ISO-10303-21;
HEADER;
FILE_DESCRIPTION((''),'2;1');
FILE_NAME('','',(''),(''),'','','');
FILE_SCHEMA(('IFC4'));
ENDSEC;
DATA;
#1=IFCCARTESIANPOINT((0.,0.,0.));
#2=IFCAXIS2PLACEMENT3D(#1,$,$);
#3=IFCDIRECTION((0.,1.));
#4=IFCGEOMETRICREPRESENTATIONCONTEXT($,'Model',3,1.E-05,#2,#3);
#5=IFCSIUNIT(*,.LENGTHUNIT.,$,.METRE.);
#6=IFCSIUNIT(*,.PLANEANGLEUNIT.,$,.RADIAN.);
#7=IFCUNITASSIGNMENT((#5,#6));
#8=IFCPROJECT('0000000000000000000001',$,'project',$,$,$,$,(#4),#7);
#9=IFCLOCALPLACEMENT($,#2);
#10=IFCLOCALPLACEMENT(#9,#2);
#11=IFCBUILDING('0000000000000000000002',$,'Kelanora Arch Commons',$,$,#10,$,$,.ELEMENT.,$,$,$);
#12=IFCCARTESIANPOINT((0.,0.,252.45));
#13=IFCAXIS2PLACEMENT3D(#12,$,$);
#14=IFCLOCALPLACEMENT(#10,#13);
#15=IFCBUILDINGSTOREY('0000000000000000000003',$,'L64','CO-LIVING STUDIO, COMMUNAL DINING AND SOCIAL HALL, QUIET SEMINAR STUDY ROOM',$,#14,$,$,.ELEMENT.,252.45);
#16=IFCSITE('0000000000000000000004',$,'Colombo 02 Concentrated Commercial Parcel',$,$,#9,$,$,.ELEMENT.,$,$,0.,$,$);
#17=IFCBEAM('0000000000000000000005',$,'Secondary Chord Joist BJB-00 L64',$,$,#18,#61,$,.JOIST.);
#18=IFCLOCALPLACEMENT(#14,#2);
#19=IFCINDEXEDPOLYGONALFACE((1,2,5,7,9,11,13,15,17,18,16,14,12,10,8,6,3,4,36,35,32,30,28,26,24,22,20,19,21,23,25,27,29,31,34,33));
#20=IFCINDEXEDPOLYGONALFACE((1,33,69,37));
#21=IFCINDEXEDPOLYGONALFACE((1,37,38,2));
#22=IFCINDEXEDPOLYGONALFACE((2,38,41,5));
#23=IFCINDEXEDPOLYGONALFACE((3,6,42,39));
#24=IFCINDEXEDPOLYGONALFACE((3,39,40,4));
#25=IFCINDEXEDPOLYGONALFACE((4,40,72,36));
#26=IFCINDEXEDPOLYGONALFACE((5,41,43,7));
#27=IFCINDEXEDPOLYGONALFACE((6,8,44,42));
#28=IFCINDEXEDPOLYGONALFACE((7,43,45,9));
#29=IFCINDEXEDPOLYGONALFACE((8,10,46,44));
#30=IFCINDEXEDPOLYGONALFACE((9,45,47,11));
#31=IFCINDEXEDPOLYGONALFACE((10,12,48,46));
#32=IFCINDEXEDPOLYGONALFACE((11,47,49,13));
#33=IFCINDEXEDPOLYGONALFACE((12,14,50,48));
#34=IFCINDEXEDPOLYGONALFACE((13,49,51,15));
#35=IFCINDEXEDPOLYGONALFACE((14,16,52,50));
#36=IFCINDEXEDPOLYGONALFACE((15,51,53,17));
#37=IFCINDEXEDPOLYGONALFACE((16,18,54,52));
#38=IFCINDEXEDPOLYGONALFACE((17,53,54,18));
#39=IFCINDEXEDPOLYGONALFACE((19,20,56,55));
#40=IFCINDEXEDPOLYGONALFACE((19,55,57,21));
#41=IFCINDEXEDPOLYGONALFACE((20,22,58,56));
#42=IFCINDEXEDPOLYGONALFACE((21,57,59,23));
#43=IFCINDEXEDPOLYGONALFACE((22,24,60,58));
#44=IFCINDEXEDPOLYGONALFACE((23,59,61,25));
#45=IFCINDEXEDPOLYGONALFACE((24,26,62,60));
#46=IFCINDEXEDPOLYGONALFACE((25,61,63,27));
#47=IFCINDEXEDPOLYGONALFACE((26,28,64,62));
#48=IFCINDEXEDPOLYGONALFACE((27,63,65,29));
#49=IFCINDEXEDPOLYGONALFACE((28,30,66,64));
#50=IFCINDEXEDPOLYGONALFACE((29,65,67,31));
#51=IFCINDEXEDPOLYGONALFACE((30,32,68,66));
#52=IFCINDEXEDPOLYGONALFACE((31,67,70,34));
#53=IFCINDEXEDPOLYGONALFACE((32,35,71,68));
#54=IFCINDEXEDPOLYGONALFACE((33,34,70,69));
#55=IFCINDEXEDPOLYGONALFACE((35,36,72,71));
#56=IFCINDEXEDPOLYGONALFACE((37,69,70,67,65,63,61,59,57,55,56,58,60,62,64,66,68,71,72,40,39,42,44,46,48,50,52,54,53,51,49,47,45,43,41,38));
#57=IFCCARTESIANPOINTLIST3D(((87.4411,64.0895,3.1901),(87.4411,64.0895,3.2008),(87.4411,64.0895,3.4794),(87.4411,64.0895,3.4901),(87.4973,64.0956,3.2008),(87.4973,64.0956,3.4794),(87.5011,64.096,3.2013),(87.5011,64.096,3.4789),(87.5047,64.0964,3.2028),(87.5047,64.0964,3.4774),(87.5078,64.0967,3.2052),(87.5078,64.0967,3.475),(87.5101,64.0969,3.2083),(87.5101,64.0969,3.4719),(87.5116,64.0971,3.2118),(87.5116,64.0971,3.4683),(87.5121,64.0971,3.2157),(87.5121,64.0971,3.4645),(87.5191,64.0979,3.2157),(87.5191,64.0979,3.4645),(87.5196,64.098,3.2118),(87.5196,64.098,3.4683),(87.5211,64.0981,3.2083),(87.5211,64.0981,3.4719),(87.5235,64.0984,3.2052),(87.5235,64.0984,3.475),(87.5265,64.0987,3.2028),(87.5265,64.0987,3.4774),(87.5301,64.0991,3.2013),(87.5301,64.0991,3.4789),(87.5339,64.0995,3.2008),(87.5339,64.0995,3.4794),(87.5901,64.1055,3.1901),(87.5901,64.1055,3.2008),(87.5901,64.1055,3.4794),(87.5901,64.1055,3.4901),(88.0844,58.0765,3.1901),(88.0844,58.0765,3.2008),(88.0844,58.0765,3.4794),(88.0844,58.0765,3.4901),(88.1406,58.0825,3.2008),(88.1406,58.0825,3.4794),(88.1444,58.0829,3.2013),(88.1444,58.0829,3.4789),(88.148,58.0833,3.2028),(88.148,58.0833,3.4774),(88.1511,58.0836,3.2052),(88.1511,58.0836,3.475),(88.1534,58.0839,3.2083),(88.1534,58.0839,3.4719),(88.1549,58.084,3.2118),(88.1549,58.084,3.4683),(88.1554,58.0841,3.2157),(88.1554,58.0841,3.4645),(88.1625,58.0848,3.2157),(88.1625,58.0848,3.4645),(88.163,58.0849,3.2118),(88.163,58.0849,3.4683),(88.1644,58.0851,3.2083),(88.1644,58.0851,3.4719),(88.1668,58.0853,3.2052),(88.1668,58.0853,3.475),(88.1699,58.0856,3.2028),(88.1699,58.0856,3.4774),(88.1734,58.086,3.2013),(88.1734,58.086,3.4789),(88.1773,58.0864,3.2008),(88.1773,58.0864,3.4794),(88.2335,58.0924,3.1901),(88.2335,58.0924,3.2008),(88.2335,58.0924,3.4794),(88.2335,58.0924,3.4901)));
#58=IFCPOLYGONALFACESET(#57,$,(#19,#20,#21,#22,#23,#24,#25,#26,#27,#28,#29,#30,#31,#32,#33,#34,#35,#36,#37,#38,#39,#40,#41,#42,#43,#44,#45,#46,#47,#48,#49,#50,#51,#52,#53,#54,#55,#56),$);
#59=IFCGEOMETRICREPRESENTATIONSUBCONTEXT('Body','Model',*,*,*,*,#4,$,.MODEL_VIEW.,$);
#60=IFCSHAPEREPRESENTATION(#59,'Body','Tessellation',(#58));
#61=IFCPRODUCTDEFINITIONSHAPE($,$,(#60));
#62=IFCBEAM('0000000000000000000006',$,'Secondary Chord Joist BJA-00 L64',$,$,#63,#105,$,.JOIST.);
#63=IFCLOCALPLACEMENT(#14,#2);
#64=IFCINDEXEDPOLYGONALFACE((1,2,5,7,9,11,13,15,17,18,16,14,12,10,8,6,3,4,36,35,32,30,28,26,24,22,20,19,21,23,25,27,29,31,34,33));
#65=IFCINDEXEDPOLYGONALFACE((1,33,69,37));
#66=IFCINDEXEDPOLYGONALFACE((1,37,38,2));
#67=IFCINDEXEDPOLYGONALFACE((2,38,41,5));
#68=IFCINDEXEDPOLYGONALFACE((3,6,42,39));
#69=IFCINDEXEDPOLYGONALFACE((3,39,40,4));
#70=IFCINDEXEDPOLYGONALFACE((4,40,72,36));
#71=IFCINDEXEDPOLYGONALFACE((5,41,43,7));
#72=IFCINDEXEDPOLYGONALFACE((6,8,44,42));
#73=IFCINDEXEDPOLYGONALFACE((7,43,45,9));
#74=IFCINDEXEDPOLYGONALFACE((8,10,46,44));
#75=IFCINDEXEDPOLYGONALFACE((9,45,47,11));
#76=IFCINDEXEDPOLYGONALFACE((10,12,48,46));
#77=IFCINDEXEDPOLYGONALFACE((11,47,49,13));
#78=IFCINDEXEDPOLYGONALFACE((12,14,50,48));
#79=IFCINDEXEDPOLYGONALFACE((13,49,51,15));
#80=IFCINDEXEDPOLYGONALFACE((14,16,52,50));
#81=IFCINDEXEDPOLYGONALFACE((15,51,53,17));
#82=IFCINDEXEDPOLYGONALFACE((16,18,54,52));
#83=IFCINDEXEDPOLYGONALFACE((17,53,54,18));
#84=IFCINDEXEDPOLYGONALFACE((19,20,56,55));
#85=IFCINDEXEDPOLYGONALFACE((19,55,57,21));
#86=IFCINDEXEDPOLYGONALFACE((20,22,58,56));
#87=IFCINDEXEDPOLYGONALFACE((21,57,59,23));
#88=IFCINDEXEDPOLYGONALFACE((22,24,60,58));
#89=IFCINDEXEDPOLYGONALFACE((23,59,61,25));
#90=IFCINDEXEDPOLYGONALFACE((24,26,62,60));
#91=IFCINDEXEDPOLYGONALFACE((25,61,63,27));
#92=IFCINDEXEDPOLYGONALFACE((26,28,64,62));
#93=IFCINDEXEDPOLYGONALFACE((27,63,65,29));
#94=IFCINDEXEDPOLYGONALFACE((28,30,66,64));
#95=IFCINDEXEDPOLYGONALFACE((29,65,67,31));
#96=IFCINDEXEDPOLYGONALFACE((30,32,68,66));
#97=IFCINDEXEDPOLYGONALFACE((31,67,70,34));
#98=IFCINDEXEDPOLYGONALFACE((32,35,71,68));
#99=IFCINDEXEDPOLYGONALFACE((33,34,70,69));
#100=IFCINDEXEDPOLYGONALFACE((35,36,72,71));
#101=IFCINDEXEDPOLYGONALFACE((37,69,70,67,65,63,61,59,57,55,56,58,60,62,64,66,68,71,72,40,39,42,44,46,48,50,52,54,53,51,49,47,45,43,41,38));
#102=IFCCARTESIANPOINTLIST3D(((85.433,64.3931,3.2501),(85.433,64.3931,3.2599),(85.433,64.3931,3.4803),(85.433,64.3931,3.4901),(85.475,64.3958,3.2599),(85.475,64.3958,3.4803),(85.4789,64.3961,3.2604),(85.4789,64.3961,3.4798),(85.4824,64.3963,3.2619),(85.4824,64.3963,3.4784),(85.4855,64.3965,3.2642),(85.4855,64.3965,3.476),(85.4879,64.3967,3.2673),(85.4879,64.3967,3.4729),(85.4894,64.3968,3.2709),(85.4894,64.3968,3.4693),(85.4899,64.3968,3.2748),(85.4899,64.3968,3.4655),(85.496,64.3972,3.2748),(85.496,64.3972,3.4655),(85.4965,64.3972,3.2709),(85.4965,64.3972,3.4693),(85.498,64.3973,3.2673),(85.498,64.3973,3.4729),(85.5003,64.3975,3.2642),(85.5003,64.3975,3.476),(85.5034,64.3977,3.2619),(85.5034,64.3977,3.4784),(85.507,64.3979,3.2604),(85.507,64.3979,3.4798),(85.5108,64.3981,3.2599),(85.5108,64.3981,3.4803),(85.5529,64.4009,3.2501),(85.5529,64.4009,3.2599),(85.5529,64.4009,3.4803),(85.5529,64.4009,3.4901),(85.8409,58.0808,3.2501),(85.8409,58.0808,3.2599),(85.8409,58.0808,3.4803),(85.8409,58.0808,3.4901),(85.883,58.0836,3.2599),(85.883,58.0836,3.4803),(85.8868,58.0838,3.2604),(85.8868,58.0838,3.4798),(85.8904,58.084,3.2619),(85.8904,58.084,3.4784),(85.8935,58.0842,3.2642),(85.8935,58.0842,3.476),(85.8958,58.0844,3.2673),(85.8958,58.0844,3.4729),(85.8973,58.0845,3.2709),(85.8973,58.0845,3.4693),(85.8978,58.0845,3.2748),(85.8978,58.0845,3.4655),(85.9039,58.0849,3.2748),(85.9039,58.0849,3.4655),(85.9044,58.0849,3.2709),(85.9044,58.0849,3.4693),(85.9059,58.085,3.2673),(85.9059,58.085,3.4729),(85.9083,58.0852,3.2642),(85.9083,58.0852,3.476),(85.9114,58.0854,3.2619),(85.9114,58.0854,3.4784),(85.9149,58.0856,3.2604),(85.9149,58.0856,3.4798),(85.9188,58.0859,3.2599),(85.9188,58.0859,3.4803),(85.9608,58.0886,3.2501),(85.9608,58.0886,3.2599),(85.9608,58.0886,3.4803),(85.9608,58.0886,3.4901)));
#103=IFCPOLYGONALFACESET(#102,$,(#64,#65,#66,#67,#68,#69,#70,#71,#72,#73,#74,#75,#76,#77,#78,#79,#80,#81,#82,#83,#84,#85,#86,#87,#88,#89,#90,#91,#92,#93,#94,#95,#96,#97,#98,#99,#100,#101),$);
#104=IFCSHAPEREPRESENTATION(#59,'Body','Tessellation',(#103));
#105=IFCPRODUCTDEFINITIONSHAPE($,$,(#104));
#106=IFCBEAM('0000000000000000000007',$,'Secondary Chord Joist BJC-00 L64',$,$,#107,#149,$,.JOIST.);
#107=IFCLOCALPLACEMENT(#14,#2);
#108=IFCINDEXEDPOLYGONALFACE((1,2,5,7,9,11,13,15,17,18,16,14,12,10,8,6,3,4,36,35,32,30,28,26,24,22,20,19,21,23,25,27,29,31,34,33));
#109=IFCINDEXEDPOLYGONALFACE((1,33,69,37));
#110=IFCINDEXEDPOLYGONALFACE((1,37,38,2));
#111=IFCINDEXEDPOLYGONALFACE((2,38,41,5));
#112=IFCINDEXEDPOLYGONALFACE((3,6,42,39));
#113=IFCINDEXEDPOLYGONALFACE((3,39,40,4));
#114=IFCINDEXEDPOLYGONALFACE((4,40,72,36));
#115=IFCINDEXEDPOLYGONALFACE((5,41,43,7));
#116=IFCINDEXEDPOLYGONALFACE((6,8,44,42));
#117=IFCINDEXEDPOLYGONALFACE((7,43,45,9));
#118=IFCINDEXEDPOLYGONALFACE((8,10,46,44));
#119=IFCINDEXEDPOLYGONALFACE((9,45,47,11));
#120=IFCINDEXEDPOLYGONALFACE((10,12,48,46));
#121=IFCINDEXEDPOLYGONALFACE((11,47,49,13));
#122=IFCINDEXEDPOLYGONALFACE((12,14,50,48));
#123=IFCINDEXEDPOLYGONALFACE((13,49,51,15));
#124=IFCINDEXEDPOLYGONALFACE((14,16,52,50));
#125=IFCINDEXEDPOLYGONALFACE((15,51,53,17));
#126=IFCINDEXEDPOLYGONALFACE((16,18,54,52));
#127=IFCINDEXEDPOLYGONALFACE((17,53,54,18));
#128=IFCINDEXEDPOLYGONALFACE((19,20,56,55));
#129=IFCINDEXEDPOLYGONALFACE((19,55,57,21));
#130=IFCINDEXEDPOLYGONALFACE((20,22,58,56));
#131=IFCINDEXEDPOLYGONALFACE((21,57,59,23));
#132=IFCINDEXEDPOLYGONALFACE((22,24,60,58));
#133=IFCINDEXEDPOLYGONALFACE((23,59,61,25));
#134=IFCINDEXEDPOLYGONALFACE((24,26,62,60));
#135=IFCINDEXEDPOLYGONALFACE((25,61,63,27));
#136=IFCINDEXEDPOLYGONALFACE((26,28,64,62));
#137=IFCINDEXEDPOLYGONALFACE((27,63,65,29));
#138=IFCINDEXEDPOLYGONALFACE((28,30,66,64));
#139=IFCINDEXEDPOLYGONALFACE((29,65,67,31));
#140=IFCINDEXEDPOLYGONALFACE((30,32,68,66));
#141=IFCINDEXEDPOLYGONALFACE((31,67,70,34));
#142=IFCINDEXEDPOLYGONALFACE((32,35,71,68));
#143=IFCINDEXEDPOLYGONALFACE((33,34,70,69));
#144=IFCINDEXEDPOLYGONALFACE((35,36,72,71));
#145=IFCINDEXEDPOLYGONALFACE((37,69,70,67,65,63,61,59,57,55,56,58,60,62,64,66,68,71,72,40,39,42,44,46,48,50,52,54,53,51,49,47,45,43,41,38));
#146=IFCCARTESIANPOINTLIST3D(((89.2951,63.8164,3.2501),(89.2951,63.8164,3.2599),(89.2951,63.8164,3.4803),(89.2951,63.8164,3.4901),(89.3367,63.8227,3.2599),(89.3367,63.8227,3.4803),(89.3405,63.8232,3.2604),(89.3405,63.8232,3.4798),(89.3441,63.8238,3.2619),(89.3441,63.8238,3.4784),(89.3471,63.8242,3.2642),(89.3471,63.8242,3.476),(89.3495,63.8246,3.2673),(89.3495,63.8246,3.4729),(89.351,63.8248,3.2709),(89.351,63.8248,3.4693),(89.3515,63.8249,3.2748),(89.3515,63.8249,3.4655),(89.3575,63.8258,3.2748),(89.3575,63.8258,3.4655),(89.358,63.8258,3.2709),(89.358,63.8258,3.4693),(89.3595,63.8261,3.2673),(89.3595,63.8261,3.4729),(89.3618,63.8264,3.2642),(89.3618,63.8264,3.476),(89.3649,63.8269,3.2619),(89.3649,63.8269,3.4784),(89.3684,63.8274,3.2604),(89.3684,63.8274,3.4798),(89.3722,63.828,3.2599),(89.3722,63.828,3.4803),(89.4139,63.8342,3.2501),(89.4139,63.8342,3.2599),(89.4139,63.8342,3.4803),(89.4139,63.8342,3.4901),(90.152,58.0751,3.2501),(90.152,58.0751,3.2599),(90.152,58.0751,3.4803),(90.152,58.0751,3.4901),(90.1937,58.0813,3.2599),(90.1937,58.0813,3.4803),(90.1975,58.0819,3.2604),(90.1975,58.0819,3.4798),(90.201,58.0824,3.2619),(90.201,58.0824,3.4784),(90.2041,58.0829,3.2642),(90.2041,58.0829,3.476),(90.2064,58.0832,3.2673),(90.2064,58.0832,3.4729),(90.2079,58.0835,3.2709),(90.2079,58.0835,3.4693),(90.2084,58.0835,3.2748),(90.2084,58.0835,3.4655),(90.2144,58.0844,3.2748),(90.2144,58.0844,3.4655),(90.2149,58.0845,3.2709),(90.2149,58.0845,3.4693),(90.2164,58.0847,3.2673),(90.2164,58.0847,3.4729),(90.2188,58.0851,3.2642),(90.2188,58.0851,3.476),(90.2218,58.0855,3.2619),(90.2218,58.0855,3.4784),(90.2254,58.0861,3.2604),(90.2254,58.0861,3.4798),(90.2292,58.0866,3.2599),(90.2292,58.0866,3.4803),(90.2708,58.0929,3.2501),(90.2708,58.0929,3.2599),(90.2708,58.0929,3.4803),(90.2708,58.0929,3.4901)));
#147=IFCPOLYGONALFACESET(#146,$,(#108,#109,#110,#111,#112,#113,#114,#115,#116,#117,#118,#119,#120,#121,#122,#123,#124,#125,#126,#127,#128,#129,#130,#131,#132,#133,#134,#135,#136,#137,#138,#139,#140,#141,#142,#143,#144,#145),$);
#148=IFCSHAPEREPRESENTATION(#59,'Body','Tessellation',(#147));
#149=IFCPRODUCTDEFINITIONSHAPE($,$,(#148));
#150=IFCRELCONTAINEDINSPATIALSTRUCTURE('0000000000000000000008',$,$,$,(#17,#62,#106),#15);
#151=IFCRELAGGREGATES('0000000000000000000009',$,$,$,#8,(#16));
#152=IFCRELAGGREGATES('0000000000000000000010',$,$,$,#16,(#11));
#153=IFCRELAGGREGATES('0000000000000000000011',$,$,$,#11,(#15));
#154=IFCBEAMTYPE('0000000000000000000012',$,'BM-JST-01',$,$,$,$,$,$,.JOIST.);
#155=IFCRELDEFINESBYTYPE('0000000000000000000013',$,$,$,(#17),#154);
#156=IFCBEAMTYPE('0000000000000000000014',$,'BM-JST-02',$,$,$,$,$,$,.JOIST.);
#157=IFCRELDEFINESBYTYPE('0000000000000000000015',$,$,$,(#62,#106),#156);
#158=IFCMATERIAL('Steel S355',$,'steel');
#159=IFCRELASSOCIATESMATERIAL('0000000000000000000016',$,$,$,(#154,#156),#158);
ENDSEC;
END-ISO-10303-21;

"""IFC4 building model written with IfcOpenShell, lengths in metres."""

from ifc_helpers import new_model, si_unit, direction, frame, origin, origin_2d, place, context, subcontext, project, spatial, i_section, extrude, material, material_profile, profile_set, type_object, element, save


model = new_model("IFC4")

# Units and contexts
model_context = context("Model", 3, precision=1e-05, world=origin(), true_north=direction((0.0, 1.0)))
body_context = subcontext(model_context, "Body", "Model", "MODEL_VIEW")
ifc_project = project(units=[si_unit("LENGTHUNIT", "METRE"), si_unit("PLANEANGLEUNIT", "RADIAN")], contexts=[model_context])

# Site, building, storey
site_placement = place(None, origin())
site = spatial("IfcSite", under=ifc_project, at=site_placement, Name="Colombo 02 Concentrated Commercial Parcel", CompositionType="ELEMENT", RefElevation=0.0)
building_placement = place(site_placement, origin())
building = spatial("IfcBuilding", under=site, at=building_placement, Name="Kelanora Arch Commons", CompositionType="ELEMENT")
storey_placement = place(building_placement, frame((0.0, 0.0, 252.45)))
storey = spatial("IfcBuildingStorey", under=building, at=storey_placement, Name="L64", Description="CO-LIVING STUDIO, COMMUNAL DINING AND SOCIAL HALL, QUIET SEMINAR STUDY ROOM", CompositionType="ELEMENT", Elevation=252.45)

# Beams
ifc_material_1 = material(Name="Steel S355", Category="steel")
ifc_material_profile_1 = material_profile(ifc_material_1, i_section(OverallWidth=0.1499, OverallDepth=0.3, WebThickness=0.0071, FlangeThickness=0.0107, FilletRadius=0.0149, at=origin_2d()), Name="IPE300")
ifc_profile_set_1 = profile_set([ifc_material_profile_1], Name="Steel S355")
beam_type_1 = type_object("IfcBeamType", Name="BM-JST-01", PredefinedType="JOIST", material=ifc_profile_set_1)
beam_1_placement = place(storey_placement, frame((88.1589, 58.0845, 3.3401), z_axis=(-0.106381, 0.994325, 0.0), x_axis=(-0.994325, -0.106381, 0.0)))
element("IfcBeam", 1, at=beam_1_placement, inside=storey, type_object=beam_type_1, Name="Secondary Chord Joist BJB-00 L64", PredefinedType="JOIST", context=body_context, shape_type="SweptSolid", body=[
    extrude(i_section(OverallWidth=0.1499, OverallDepth=0.3, WebThickness=0.0071, FlangeThickness=0.0107, FilletRadius=0.0149, at=origin_2d()), origin(), (0.0, 0.0, 1.0), 6.0474),
])
ifc_material_profile_2 = material_profile(ifc_material_1, i_section(OverallWidth=0.1201, OverallDepth=0.24, WebThickness=0.0061, FlangeThickness=0.0098, FilletRadius=0.0149, at=origin_2d()), Name="IPE240")
ifc_profile_set_2 = profile_set([ifc_material_profile_2], Name="Steel S355")
beam_type_2 = type_object("IfcBeamType", Name="BM-JST-02", PredefinedType="JOIST", material=ifc_profile_set_2)
beam_2_placement = place(storey_placement, frame((85.9009, 58.0847, 3.3701), z_axis=(-0.064495, 0.997918, 0.0), x_axis=(-0.997918, -0.064495, 0.0)))
element("IfcBeam", 2, at=beam_2_placement, inside=storey, type_object=beam_type_2, Name="Secondary Chord Joist BJA-00 L64", PredefinedType="JOIST", context=body_context, shape_type="SweptSolid", body=[
    extrude(i_section(OverallWidth=0.1201, OverallDepth=0.24, WebThickness=0.0061, FlangeThickness=0.0098, FilletRadius=0.0149, at=origin_2d()), origin(), (0.0, 0.0, 1.0), 6.3254),
])
beam_3_placement = place(storey_placement, frame((90.2114, 58.084, 3.3701), z_axis=(-0.147625, 0.989043, 0.0), x_axis=(-0.989043, -0.147625, 0.0)))
element("IfcBeam", 3, at=beam_3_placement, inside=storey, type_object=beam_type_2, Name="Secondary Chord Joist BJC-00 L64", PredefinedType="JOIST", context=body_context, shape_type="SweptSolid", body=[
    extrude(i_section(OverallWidth=0.1201, OverallDepth=0.24, WebThickness=0.0061, FlangeThickness=0.0098, FilletRadius=0.0149, at=origin_2d()), origin(), (0.0, 0.0, 1.0), 5.8049),
])

save(model, "model.ifc")
